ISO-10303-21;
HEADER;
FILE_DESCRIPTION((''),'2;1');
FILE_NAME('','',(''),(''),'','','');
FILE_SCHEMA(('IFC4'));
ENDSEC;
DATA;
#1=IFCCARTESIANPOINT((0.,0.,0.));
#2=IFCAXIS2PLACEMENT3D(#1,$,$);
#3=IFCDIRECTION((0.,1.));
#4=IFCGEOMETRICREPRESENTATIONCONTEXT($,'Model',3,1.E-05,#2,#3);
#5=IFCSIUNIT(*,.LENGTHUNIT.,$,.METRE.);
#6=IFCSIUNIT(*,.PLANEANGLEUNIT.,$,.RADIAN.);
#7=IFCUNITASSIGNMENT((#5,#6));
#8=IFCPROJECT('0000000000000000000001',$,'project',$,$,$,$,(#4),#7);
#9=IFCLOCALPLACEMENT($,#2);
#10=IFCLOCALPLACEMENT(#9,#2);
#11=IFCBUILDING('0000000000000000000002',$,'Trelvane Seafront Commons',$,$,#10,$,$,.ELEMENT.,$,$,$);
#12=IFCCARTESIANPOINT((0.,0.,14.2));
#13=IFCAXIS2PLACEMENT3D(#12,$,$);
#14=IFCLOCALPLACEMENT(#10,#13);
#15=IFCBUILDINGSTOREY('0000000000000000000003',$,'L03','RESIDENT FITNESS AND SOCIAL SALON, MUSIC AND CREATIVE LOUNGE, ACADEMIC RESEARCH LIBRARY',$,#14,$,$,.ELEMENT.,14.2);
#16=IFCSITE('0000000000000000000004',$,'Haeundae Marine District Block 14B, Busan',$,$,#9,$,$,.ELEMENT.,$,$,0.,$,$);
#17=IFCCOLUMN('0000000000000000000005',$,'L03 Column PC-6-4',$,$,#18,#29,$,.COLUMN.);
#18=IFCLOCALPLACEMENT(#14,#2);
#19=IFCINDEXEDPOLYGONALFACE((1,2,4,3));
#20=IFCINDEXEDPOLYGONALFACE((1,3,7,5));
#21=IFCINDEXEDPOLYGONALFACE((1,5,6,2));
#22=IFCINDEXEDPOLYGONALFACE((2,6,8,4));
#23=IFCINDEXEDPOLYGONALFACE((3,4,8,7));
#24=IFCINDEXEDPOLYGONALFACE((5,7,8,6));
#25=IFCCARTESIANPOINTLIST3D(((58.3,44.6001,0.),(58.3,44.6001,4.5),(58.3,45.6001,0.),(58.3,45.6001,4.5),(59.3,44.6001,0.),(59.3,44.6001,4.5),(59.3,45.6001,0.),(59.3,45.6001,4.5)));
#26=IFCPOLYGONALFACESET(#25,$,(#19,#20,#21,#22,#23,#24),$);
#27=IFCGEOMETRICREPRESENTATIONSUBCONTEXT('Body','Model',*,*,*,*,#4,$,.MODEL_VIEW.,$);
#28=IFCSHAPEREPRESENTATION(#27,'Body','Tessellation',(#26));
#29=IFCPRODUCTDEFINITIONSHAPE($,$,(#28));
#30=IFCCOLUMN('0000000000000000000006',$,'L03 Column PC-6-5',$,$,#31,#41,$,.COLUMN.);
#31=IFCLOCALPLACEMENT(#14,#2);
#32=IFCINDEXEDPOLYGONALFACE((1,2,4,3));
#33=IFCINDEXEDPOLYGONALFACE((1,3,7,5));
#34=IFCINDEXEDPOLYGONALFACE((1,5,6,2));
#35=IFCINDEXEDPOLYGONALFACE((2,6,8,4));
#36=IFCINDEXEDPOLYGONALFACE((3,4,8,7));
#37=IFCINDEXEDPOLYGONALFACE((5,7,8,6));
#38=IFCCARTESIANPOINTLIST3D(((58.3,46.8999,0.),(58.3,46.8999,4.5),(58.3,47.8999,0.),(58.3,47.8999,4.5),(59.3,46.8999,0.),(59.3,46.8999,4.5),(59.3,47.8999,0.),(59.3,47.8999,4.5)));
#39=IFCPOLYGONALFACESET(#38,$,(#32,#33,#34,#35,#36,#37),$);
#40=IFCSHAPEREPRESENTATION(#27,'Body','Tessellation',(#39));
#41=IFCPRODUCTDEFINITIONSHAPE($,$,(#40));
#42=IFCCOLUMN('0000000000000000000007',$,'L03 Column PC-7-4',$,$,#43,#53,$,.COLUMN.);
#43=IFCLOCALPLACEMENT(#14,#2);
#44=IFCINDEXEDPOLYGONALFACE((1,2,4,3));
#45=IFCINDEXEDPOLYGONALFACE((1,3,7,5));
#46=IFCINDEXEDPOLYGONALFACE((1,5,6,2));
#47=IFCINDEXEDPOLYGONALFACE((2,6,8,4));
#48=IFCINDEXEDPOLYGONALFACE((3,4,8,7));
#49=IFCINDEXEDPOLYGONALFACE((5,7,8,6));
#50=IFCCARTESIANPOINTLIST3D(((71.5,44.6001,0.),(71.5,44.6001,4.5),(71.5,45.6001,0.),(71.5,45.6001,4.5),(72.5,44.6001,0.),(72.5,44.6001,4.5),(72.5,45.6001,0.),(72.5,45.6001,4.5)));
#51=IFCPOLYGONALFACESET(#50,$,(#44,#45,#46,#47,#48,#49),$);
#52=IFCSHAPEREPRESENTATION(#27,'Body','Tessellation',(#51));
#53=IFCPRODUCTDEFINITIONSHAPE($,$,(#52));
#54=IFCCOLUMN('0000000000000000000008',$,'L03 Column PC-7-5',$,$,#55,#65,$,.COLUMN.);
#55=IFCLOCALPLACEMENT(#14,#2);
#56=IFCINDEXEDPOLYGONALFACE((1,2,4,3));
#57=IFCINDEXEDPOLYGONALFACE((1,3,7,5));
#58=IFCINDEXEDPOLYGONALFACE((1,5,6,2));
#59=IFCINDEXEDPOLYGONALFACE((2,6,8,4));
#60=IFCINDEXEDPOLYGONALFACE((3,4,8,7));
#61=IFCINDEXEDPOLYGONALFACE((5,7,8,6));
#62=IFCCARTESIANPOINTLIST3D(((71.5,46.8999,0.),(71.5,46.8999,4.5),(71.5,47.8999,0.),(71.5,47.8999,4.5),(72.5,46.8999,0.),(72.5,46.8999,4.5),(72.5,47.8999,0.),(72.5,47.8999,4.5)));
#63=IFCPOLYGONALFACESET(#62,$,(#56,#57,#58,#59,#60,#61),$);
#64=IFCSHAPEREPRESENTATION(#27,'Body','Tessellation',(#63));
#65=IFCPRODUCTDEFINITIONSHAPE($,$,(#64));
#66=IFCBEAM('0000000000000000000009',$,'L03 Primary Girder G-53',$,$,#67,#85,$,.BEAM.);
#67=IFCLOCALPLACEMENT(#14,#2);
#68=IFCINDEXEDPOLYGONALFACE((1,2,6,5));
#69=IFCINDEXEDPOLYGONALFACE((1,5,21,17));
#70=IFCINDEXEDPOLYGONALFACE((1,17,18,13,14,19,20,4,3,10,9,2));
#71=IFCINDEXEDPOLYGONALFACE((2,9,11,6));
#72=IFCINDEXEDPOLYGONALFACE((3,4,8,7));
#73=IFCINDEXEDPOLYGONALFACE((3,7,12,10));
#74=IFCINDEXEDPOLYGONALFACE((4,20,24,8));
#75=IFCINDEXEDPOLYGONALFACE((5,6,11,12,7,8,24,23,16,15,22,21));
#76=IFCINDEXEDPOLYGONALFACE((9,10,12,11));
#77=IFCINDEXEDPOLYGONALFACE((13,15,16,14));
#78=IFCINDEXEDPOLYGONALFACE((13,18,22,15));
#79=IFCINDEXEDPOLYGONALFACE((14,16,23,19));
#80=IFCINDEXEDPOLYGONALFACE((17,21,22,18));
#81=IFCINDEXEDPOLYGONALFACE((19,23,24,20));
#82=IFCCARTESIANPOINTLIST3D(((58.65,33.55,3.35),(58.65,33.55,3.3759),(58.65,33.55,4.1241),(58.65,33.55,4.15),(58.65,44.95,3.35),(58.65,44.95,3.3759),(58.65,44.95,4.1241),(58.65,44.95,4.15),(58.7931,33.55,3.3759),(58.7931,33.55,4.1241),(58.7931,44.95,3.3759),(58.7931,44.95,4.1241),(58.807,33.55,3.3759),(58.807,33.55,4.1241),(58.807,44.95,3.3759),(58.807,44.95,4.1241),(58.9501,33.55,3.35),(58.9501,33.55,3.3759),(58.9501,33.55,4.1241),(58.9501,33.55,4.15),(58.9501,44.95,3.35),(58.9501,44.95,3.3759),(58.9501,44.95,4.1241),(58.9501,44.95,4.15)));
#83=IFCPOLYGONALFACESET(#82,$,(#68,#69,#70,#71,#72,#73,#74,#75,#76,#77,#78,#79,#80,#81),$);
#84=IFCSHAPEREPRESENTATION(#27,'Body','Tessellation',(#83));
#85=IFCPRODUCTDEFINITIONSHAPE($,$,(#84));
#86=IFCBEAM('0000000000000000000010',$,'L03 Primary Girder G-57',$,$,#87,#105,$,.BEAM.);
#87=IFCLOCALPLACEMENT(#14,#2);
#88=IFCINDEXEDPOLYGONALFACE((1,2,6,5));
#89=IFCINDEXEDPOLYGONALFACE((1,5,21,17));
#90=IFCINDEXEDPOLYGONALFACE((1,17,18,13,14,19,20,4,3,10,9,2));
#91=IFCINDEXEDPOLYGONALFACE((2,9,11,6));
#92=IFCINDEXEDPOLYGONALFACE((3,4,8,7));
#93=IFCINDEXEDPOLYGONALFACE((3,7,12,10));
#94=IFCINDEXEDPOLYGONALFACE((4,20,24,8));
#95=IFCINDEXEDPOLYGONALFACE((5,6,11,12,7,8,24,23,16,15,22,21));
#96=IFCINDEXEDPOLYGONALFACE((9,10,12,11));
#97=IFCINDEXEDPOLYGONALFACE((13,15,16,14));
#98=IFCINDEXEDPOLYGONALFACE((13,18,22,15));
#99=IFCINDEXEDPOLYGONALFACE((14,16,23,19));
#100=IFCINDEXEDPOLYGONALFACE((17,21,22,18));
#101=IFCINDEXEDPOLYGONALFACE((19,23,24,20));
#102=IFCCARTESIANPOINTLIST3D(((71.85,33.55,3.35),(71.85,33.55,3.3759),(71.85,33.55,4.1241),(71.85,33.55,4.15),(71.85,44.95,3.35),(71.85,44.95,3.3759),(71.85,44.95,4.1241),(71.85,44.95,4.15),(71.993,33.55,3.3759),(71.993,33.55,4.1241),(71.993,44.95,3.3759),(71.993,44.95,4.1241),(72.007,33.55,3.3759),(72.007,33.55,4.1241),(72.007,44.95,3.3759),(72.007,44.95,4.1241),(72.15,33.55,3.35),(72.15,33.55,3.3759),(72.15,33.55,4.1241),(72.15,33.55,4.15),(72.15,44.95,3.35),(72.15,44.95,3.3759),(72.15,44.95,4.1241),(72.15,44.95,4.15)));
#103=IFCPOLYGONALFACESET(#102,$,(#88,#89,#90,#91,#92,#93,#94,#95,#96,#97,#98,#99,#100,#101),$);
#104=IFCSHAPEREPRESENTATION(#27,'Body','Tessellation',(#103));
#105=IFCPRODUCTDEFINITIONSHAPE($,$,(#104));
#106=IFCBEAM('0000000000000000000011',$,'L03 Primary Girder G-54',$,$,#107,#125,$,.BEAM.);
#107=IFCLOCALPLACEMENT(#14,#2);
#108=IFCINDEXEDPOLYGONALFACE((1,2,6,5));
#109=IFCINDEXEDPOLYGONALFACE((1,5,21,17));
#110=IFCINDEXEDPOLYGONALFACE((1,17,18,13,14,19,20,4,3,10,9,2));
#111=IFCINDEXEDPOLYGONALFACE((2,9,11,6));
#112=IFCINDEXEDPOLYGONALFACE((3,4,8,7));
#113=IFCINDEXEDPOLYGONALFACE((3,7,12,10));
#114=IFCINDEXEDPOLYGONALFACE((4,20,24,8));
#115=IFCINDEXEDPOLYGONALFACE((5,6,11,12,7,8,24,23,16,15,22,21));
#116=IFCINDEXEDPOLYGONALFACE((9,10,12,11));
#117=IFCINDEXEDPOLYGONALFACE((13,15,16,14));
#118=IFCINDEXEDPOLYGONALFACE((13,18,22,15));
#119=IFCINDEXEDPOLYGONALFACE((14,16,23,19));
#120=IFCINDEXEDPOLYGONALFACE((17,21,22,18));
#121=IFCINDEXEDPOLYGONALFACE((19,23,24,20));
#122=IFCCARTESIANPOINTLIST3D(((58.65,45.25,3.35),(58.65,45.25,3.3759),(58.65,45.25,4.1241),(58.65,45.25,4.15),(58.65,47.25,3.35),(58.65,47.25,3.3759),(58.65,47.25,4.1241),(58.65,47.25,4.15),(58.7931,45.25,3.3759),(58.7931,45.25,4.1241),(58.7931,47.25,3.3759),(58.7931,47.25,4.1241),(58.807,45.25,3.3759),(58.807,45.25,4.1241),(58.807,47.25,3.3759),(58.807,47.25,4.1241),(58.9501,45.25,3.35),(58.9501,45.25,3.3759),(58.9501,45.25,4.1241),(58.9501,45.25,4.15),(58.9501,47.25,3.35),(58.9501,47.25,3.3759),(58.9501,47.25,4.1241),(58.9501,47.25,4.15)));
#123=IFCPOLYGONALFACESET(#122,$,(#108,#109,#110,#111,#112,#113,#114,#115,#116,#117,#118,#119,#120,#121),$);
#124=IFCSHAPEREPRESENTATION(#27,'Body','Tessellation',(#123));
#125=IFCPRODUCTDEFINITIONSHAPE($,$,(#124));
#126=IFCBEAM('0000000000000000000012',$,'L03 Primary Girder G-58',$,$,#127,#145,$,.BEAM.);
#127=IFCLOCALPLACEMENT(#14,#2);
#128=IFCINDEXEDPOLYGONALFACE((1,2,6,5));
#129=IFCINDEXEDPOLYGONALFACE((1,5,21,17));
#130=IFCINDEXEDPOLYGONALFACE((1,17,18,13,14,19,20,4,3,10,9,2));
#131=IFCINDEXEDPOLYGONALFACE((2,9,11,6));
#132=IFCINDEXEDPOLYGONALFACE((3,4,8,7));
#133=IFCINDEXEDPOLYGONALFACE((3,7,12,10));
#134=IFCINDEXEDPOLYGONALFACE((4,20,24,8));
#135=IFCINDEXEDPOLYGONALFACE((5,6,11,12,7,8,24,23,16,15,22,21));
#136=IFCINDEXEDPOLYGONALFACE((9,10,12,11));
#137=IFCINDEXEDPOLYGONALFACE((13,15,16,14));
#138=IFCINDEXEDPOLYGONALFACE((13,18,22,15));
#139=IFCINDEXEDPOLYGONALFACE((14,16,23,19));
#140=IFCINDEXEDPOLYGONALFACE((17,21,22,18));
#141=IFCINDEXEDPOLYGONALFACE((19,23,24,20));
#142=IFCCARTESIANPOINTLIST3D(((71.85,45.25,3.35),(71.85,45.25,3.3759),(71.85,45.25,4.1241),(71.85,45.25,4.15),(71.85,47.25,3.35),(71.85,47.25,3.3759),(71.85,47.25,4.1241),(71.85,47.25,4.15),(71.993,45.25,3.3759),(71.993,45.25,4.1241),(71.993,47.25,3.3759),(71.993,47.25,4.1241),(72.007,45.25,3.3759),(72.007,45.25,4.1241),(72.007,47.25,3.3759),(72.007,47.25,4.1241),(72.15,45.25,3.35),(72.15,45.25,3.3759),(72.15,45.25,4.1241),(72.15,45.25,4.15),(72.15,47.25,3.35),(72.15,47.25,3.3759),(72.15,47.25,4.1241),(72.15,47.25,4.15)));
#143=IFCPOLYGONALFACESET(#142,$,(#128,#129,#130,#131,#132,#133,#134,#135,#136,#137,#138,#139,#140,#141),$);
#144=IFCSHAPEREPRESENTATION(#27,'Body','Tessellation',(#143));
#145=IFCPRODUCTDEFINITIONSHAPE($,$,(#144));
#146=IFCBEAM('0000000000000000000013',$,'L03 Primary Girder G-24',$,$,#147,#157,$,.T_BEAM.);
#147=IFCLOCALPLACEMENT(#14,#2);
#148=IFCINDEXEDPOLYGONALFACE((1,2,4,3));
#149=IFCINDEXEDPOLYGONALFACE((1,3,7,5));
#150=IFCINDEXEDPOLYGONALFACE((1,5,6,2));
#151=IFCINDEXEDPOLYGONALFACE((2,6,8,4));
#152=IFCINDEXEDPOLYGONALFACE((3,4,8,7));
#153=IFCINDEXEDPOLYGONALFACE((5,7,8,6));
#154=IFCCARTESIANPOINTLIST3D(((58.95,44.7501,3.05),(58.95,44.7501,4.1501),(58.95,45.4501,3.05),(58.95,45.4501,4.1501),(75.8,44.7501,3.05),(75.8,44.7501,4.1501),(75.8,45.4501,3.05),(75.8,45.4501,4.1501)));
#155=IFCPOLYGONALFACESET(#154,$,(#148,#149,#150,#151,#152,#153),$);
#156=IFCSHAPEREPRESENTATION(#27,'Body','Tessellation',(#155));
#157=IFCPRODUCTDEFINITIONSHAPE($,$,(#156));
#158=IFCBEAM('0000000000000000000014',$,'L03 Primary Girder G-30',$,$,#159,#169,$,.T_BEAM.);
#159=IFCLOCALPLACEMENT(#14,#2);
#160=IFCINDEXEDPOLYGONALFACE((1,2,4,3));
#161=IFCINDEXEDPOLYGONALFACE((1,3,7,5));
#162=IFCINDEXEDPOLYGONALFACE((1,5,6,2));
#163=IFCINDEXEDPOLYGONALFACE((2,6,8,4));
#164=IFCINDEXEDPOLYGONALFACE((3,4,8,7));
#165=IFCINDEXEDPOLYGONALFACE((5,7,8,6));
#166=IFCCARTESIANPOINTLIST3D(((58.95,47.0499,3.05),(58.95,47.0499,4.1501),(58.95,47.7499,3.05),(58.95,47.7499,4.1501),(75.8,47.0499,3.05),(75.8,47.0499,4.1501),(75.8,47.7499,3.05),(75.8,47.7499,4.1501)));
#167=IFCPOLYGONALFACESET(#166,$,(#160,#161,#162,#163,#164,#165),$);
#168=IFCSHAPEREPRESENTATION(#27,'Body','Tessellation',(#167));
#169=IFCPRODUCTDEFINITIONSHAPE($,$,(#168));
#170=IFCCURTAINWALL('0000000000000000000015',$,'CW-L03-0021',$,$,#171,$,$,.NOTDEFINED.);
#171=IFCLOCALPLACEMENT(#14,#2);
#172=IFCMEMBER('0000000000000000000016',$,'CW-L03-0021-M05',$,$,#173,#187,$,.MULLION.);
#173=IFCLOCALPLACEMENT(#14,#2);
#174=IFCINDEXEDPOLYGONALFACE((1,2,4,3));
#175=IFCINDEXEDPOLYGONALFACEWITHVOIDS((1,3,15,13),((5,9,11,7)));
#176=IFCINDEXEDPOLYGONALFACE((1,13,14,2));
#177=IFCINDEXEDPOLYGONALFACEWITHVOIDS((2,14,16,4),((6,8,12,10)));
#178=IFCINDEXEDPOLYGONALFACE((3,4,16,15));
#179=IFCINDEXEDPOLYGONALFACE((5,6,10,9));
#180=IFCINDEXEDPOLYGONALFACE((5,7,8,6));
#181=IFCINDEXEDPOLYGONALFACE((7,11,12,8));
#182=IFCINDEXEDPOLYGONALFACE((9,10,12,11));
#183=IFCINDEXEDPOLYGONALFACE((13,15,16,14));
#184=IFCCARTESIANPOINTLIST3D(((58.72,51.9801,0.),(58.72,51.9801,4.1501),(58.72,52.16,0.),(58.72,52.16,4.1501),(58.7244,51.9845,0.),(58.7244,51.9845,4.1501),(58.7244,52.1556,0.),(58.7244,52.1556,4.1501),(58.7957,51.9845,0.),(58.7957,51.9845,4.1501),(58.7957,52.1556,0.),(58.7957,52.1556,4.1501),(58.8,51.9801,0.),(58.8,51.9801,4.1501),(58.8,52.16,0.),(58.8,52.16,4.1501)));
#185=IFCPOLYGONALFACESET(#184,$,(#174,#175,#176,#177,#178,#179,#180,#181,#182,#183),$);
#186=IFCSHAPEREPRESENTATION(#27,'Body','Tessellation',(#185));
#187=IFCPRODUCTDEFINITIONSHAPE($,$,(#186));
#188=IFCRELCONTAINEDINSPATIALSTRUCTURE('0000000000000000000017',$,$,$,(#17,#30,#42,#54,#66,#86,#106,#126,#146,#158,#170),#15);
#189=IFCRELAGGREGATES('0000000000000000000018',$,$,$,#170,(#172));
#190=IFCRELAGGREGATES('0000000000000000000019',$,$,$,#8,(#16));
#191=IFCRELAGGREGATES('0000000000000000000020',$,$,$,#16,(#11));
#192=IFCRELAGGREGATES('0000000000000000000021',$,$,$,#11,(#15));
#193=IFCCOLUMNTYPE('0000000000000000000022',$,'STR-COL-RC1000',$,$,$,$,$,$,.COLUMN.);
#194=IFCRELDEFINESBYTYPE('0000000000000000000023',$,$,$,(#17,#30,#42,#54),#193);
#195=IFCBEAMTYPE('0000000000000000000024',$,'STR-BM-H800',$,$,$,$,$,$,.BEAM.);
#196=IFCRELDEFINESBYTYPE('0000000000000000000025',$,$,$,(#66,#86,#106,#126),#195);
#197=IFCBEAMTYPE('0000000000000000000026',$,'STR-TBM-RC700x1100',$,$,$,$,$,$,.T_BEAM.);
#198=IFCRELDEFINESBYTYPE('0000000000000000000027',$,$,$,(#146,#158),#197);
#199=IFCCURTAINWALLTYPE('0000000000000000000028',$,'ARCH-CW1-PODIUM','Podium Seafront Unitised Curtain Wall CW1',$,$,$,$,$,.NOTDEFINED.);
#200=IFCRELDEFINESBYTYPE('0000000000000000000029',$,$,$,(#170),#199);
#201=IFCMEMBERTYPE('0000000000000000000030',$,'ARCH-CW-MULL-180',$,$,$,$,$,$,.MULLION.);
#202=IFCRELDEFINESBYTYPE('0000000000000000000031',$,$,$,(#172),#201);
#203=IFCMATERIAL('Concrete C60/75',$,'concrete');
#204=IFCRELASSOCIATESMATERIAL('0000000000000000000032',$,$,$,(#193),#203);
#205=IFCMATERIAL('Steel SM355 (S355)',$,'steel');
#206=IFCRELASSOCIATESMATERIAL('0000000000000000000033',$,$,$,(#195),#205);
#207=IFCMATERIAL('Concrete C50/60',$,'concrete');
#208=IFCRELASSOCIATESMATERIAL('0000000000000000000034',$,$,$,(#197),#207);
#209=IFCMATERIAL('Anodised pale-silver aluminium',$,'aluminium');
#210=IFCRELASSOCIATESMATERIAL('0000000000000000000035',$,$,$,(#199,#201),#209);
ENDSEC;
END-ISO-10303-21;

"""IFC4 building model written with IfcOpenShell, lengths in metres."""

from ifc_helpers import new_model, si_unit, direction, frame, origin, origin_2d, place, context, subcontext, project, spatial, rectangle, hollow_rectangle, i_section, extrude, source, transform, mapped, material, material_profile, profile_set, type_object, element, aggregate, save


model = new_model("IFC4")

# Units and contexts
model_context = context("Model", 3, precision=1e-05, world=origin(), true_north=direction((0.0, 1.0)))
body_context = subcontext(model_context, "Body", "Model", "MODEL_VIEW")
ifc_project = project(units=[si_unit("LENGTHUNIT", "METRE"), si_unit("PLANEANGLEUNIT", "RADIAN")], contexts=[model_context])

# Site, building, storey
site_placement = place(None, origin())
site = spatial("IfcSite", under=ifc_project, at=site_placement, Name="Haeundae Marine District Block 14B, Busan", CompositionType="ELEMENT", RefElevation=0.0)
building_placement = place(site_placement, origin())
building = spatial("IfcBuilding", under=site, at=building_placement, Name="Trelvane Seafront Commons", CompositionType="ELEMENT")
storey_placement = place(building_placement, frame((0.0, 0.0, 14.2)))
storey = spatial("IfcBuildingStorey", under=building, at=storey_placement, Name="L03", Description="RESIDENT FITNESS AND SOCIAL SALON, MUSIC AND CREATIVE LOUNGE, ACADEMIC RESEARCH LIBRARY", CompositionType="ELEMENT", Elevation=14.2)

# Columns
ifc_material_1 = material(Name="Concrete C60/75", Category="concrete")
ifc_material_profile_1 = material_profile(ifc_material_1, rectangle(XDim=1.0, YDim=1.0, at=origin_2d()), Name="RC-1000x1000")
ifc_profile_set_1 = profile_set([ifc_material_profile_1], Name="Concrete C60/75")
column_type = type_object("IfcColumnType", Name="STR-COL-RC1000", PredefinedType="COLUMN", material=ifc_profile_set_1)
shared_shape_1 = source(origin(), body_context, "Body", "SweptSolid", [
    extrude(rectangle(XDim=1.0, YDim=1.0, at=origin_2d()), origin(), (0.0, 0.0, 1.0), 4.5),
])
for number, where, z_axis, x_axis, name in (
    (1, (58.8, 45.1001, 0.0), (0.0, 0.0, 1.0), (1.0, 0.0, 0.0), "L03 Column PC-6-4"),
    (2, (58.8, 47.3999, 0.0), (0.0, 0.0, 1.0), (1.0, 0.0, 0.0), "L03 Column PC-6-5"),
    (3, (72.0, 45.1001, 0.0), (0.0, 0.0, 1.0), (1.0, 0.0, 0.0), "L03 Column PC-7-4"),
    (4, (72.0, 47.3999, 0.0), (0.0, 0.0, 1.0), (1.0, 0.0, 0.0), "L03 Column PC-7-5"),
):
    element("IfcColumn", number, at=place(storey_placement, frame(where, z_axis=z_axis, x_axis=x_axis)), inside=storey, type_object=column_type, Name=name, PredefinedType="COLUMN", context=body_context, shape_type="MappedRepresentation", body=[
        mapped(shared_shape_1, transform((0.0, 0.0, 0.0), x_axis=(1.0, 0.0, 0.0), y_axis=(0.0, 1.0, 0.0), z_axis=(0.0, 0.0, 1.0), scale=1.0)),
    ])

# Beams
ifc_material_2 = material(Name="Steel SM355 (S355)", Category="steel")
ifc_material_profile_2 = material_profile(ifc_material_2, i_section(OverallWidth=0.3, OverallDepth=0.8, WebThickness=0.0139, FlangeThickness=0.0259, at=origin_2d()), Name="H-800x300x14x26")
ifc_profile_set_2 = profile_set([ifc_material_profile_2], Name="Steel SM355 (S355)")
beam_type_1 = type_object("IfcBeamType", Name="STR-BM-H800", PredefinedType="BEAM", material=ifc_profile_set_2)
shared_shape_2 = source(origin(), body_context, "Body", "SweptSolid", [
    extrude(i_section(OverallWidth=0.3, OverallDepth=0.8, WebThickness=0.0139, FlangeThickness=0.0259, at=origin_2d()), origin(), (0.0, 0.0, 1.0), 11.3999),
])
for number, where, z_axis, x_axis, name in (
    (5, (58.8, 33.55, 3.75), (0.0, 1.0, 0.0), (-1.0, 0.0, 0.0), "L03 Primary Girder G-53"),
    (6, (72.0, 33.55, 3.75), (0.0, 1.0, 0.0), (-1.0, 0.0, 0.0), "L03 Primary Girder G-57"),
):
    element("IfcBeam", number, at=place(storey_placement, frame(where, z_axis=z_axis, x_axis=x_axis)), inside=storey, type_object=beam_type_1, Name=name, PredefinedType="BEAM", context=body_context, shape_type="MappedRepresentation", body=[
        mapped(shared_shape_2, transform((0.0, 0.0, 0.0), x_axis=(1.0, 0.0, 0.0), y_axis=(0.0, 1.0, 0.0), z_axis=(0.0, 0.0, 1.0), scale=1.0)),
    ])
shared_shape_3 = source(origin(), body_context, "Body", "SweptSolid", [
    extrude(i_section(OverallWidth=0.3, OverallDepth=0.8, WebThickness=0.0139, FlangeThickness=0.0259, at=origin_2d()), origin(), (0.0, 0.0, 1.0), 2.0),
])
for number, where, z_axis, x_axis, name in (
    (7, (58.8, 45.25, 3.75), (0.0, 1.0, 0.0), (-1.0, 0.0, 0.0), "L03 Primary Girder G-54"),
    (8, (72.0, 45.25, 3.75), (0.0, 1.0, 0.0), (-1.0, 0.0, 0.0), "L03 Primary Girder G-58"),
):
    element("IfcBeam", number, at=place(storey_placement, frame(where, z_axis=z_axis, x_axis=x_axis)), inside=storey, type_object=beam_type_1, Name=name, PredefinedType="BEAM", context=body_context, shape_type="MappedRepresentation", body=[
        mapped(shared_shape_3, transform((0.0, 0.0, 0.0), x_axis=(1.0, 0.0, 0.0), y_axis=(0.0, 1.0, 0.0), z_axis=(0.0, 0.0, 1.0), scale=1.0)),
    ])
ifc_material_3 = material(Name="Concrete C50/60", Category="concrete")
ifc_material_profile_3 = material_profile(ifc_material_3, rectangle(XDim=0.7, YDim=1.1001, at=origin_2d()), Name="RC-700x1100")
ifc_profile_set_3 = profile_set([ifc_material_profile_3], Name="Concrete C50/60")
beam_type_2 = type_object("IfcBeamType", Name="STR-TBM-RC700x1100", PredefinedType="T_BEAM", material=ifc_profile_set_3)
shared_shape_4 = source(origin(), body_context, "Body", "SweptSolid", [
    extrude(rectangle(XDim=0.7, YDim=1.1001, at=origin_2d()), origin(), (0.0, 0.0, 1.0), 16.8501),
])
for number, where, z_axis, x_axis, name in (
    (9, (58.95, 45.1001, 3.6001), (1.0, 0.0, 0.0), (0.0, 1.0, 0.0), "L03 Primary Girder G-24"),
    (10, (58.95, 47.3999, 3.6001), (1.0, 0.0, 0.0), (0.0, 1.0, 0.0), "L03 Primary Girder G-30"),
):
    element("IfcBeam", number, at=place(storey_placement, frame(where, z_axis=z_axis, x_axis=x_axis)), inside=storey, type_object=beam_type_2, Name=name, PredefinedType="T_BEAM", context=body_context, shape_type="MappedRepresentation", body=[
        mapped(shared_shape_4, transform((0.0, 0.0, 0.0), x_axis=(1.0, 0.0, 0.0), y_axis=(0.0, 1.0, 0.0), z_axis=(0.0, 0.0, 1.0), scale=1.0)),
    ])

# Curtain wall, member
ifc_material_4 = material(Name="Anodised pale-silver aluminium", Category="aluminium")
curtain_wall_type = type_object("IfcCurtainWallType", Name="ARCH-CW1-PODIUM", Description="Podium Seafront Unitised Curtain Wall CW1", PredefinedType="NOTDEFINED", material=ifc_material_4)
curtain_wall_placement = place(storey_placement, origin())
curtain_wall = element("IfcCurtainWall", 11, at=curtain_wall_placement, inside=storey, type_object=curtain_wall_type, Name="CW-L03-0021", PredefinedType="NOTDEFINED")
ifc_material_profile_4 = material_profile(ifc_material_4, hollow_rectangle(XDim=0.0801, YDim=0.1799, WallThickness=0.0044, at=origin_2d()), Name="MULL-80x180x4.5")
ifc_profile_set_4 = profile_set([ifc_material_profile_4], Name="Anodised pale-silver aluminium")
member_type = type_object("IfcMemberType", Name="ARCH-CW-MULL-180", PredefinedType="MULLION", material=ifc_profile_set_4)
shared_shape_5 = source(origin(), body_context, "Body", "SweptSolid", [
    extrude(hollow_rectangle(XDim=0.0801, YDim=0.1799, WallThickness=0.0044, at=origin_2d()), origin(), (0.0, 0.0, 1.0), 4.1501),
])
member_placement = place(storey_placement, frame((58.76, 52.0701, 0.0), z_axis=(0.0, 0.0, 1.0), x_axis=(1.0, 0.0, 0.0)))
member = element("IfcMember", 12, at=member_placement, type_object=member_type, Name="CW-L03-0021-M05", PredefinedType="MULLION", context=body_context, shape_type="MappedRepresentation", body=[
    mapped(shared_shape_5, transform((0.0, 0.0, 0.0), x_axis=(1.0, 0.0, 0.0), y_axis=(0.0, 1.0, 0.0), z_axis=(0.0, 0.0, 1.0), scale=1.0)),
])
aggregate(curtain_wall, [member])

save(model, "model.ifc")
